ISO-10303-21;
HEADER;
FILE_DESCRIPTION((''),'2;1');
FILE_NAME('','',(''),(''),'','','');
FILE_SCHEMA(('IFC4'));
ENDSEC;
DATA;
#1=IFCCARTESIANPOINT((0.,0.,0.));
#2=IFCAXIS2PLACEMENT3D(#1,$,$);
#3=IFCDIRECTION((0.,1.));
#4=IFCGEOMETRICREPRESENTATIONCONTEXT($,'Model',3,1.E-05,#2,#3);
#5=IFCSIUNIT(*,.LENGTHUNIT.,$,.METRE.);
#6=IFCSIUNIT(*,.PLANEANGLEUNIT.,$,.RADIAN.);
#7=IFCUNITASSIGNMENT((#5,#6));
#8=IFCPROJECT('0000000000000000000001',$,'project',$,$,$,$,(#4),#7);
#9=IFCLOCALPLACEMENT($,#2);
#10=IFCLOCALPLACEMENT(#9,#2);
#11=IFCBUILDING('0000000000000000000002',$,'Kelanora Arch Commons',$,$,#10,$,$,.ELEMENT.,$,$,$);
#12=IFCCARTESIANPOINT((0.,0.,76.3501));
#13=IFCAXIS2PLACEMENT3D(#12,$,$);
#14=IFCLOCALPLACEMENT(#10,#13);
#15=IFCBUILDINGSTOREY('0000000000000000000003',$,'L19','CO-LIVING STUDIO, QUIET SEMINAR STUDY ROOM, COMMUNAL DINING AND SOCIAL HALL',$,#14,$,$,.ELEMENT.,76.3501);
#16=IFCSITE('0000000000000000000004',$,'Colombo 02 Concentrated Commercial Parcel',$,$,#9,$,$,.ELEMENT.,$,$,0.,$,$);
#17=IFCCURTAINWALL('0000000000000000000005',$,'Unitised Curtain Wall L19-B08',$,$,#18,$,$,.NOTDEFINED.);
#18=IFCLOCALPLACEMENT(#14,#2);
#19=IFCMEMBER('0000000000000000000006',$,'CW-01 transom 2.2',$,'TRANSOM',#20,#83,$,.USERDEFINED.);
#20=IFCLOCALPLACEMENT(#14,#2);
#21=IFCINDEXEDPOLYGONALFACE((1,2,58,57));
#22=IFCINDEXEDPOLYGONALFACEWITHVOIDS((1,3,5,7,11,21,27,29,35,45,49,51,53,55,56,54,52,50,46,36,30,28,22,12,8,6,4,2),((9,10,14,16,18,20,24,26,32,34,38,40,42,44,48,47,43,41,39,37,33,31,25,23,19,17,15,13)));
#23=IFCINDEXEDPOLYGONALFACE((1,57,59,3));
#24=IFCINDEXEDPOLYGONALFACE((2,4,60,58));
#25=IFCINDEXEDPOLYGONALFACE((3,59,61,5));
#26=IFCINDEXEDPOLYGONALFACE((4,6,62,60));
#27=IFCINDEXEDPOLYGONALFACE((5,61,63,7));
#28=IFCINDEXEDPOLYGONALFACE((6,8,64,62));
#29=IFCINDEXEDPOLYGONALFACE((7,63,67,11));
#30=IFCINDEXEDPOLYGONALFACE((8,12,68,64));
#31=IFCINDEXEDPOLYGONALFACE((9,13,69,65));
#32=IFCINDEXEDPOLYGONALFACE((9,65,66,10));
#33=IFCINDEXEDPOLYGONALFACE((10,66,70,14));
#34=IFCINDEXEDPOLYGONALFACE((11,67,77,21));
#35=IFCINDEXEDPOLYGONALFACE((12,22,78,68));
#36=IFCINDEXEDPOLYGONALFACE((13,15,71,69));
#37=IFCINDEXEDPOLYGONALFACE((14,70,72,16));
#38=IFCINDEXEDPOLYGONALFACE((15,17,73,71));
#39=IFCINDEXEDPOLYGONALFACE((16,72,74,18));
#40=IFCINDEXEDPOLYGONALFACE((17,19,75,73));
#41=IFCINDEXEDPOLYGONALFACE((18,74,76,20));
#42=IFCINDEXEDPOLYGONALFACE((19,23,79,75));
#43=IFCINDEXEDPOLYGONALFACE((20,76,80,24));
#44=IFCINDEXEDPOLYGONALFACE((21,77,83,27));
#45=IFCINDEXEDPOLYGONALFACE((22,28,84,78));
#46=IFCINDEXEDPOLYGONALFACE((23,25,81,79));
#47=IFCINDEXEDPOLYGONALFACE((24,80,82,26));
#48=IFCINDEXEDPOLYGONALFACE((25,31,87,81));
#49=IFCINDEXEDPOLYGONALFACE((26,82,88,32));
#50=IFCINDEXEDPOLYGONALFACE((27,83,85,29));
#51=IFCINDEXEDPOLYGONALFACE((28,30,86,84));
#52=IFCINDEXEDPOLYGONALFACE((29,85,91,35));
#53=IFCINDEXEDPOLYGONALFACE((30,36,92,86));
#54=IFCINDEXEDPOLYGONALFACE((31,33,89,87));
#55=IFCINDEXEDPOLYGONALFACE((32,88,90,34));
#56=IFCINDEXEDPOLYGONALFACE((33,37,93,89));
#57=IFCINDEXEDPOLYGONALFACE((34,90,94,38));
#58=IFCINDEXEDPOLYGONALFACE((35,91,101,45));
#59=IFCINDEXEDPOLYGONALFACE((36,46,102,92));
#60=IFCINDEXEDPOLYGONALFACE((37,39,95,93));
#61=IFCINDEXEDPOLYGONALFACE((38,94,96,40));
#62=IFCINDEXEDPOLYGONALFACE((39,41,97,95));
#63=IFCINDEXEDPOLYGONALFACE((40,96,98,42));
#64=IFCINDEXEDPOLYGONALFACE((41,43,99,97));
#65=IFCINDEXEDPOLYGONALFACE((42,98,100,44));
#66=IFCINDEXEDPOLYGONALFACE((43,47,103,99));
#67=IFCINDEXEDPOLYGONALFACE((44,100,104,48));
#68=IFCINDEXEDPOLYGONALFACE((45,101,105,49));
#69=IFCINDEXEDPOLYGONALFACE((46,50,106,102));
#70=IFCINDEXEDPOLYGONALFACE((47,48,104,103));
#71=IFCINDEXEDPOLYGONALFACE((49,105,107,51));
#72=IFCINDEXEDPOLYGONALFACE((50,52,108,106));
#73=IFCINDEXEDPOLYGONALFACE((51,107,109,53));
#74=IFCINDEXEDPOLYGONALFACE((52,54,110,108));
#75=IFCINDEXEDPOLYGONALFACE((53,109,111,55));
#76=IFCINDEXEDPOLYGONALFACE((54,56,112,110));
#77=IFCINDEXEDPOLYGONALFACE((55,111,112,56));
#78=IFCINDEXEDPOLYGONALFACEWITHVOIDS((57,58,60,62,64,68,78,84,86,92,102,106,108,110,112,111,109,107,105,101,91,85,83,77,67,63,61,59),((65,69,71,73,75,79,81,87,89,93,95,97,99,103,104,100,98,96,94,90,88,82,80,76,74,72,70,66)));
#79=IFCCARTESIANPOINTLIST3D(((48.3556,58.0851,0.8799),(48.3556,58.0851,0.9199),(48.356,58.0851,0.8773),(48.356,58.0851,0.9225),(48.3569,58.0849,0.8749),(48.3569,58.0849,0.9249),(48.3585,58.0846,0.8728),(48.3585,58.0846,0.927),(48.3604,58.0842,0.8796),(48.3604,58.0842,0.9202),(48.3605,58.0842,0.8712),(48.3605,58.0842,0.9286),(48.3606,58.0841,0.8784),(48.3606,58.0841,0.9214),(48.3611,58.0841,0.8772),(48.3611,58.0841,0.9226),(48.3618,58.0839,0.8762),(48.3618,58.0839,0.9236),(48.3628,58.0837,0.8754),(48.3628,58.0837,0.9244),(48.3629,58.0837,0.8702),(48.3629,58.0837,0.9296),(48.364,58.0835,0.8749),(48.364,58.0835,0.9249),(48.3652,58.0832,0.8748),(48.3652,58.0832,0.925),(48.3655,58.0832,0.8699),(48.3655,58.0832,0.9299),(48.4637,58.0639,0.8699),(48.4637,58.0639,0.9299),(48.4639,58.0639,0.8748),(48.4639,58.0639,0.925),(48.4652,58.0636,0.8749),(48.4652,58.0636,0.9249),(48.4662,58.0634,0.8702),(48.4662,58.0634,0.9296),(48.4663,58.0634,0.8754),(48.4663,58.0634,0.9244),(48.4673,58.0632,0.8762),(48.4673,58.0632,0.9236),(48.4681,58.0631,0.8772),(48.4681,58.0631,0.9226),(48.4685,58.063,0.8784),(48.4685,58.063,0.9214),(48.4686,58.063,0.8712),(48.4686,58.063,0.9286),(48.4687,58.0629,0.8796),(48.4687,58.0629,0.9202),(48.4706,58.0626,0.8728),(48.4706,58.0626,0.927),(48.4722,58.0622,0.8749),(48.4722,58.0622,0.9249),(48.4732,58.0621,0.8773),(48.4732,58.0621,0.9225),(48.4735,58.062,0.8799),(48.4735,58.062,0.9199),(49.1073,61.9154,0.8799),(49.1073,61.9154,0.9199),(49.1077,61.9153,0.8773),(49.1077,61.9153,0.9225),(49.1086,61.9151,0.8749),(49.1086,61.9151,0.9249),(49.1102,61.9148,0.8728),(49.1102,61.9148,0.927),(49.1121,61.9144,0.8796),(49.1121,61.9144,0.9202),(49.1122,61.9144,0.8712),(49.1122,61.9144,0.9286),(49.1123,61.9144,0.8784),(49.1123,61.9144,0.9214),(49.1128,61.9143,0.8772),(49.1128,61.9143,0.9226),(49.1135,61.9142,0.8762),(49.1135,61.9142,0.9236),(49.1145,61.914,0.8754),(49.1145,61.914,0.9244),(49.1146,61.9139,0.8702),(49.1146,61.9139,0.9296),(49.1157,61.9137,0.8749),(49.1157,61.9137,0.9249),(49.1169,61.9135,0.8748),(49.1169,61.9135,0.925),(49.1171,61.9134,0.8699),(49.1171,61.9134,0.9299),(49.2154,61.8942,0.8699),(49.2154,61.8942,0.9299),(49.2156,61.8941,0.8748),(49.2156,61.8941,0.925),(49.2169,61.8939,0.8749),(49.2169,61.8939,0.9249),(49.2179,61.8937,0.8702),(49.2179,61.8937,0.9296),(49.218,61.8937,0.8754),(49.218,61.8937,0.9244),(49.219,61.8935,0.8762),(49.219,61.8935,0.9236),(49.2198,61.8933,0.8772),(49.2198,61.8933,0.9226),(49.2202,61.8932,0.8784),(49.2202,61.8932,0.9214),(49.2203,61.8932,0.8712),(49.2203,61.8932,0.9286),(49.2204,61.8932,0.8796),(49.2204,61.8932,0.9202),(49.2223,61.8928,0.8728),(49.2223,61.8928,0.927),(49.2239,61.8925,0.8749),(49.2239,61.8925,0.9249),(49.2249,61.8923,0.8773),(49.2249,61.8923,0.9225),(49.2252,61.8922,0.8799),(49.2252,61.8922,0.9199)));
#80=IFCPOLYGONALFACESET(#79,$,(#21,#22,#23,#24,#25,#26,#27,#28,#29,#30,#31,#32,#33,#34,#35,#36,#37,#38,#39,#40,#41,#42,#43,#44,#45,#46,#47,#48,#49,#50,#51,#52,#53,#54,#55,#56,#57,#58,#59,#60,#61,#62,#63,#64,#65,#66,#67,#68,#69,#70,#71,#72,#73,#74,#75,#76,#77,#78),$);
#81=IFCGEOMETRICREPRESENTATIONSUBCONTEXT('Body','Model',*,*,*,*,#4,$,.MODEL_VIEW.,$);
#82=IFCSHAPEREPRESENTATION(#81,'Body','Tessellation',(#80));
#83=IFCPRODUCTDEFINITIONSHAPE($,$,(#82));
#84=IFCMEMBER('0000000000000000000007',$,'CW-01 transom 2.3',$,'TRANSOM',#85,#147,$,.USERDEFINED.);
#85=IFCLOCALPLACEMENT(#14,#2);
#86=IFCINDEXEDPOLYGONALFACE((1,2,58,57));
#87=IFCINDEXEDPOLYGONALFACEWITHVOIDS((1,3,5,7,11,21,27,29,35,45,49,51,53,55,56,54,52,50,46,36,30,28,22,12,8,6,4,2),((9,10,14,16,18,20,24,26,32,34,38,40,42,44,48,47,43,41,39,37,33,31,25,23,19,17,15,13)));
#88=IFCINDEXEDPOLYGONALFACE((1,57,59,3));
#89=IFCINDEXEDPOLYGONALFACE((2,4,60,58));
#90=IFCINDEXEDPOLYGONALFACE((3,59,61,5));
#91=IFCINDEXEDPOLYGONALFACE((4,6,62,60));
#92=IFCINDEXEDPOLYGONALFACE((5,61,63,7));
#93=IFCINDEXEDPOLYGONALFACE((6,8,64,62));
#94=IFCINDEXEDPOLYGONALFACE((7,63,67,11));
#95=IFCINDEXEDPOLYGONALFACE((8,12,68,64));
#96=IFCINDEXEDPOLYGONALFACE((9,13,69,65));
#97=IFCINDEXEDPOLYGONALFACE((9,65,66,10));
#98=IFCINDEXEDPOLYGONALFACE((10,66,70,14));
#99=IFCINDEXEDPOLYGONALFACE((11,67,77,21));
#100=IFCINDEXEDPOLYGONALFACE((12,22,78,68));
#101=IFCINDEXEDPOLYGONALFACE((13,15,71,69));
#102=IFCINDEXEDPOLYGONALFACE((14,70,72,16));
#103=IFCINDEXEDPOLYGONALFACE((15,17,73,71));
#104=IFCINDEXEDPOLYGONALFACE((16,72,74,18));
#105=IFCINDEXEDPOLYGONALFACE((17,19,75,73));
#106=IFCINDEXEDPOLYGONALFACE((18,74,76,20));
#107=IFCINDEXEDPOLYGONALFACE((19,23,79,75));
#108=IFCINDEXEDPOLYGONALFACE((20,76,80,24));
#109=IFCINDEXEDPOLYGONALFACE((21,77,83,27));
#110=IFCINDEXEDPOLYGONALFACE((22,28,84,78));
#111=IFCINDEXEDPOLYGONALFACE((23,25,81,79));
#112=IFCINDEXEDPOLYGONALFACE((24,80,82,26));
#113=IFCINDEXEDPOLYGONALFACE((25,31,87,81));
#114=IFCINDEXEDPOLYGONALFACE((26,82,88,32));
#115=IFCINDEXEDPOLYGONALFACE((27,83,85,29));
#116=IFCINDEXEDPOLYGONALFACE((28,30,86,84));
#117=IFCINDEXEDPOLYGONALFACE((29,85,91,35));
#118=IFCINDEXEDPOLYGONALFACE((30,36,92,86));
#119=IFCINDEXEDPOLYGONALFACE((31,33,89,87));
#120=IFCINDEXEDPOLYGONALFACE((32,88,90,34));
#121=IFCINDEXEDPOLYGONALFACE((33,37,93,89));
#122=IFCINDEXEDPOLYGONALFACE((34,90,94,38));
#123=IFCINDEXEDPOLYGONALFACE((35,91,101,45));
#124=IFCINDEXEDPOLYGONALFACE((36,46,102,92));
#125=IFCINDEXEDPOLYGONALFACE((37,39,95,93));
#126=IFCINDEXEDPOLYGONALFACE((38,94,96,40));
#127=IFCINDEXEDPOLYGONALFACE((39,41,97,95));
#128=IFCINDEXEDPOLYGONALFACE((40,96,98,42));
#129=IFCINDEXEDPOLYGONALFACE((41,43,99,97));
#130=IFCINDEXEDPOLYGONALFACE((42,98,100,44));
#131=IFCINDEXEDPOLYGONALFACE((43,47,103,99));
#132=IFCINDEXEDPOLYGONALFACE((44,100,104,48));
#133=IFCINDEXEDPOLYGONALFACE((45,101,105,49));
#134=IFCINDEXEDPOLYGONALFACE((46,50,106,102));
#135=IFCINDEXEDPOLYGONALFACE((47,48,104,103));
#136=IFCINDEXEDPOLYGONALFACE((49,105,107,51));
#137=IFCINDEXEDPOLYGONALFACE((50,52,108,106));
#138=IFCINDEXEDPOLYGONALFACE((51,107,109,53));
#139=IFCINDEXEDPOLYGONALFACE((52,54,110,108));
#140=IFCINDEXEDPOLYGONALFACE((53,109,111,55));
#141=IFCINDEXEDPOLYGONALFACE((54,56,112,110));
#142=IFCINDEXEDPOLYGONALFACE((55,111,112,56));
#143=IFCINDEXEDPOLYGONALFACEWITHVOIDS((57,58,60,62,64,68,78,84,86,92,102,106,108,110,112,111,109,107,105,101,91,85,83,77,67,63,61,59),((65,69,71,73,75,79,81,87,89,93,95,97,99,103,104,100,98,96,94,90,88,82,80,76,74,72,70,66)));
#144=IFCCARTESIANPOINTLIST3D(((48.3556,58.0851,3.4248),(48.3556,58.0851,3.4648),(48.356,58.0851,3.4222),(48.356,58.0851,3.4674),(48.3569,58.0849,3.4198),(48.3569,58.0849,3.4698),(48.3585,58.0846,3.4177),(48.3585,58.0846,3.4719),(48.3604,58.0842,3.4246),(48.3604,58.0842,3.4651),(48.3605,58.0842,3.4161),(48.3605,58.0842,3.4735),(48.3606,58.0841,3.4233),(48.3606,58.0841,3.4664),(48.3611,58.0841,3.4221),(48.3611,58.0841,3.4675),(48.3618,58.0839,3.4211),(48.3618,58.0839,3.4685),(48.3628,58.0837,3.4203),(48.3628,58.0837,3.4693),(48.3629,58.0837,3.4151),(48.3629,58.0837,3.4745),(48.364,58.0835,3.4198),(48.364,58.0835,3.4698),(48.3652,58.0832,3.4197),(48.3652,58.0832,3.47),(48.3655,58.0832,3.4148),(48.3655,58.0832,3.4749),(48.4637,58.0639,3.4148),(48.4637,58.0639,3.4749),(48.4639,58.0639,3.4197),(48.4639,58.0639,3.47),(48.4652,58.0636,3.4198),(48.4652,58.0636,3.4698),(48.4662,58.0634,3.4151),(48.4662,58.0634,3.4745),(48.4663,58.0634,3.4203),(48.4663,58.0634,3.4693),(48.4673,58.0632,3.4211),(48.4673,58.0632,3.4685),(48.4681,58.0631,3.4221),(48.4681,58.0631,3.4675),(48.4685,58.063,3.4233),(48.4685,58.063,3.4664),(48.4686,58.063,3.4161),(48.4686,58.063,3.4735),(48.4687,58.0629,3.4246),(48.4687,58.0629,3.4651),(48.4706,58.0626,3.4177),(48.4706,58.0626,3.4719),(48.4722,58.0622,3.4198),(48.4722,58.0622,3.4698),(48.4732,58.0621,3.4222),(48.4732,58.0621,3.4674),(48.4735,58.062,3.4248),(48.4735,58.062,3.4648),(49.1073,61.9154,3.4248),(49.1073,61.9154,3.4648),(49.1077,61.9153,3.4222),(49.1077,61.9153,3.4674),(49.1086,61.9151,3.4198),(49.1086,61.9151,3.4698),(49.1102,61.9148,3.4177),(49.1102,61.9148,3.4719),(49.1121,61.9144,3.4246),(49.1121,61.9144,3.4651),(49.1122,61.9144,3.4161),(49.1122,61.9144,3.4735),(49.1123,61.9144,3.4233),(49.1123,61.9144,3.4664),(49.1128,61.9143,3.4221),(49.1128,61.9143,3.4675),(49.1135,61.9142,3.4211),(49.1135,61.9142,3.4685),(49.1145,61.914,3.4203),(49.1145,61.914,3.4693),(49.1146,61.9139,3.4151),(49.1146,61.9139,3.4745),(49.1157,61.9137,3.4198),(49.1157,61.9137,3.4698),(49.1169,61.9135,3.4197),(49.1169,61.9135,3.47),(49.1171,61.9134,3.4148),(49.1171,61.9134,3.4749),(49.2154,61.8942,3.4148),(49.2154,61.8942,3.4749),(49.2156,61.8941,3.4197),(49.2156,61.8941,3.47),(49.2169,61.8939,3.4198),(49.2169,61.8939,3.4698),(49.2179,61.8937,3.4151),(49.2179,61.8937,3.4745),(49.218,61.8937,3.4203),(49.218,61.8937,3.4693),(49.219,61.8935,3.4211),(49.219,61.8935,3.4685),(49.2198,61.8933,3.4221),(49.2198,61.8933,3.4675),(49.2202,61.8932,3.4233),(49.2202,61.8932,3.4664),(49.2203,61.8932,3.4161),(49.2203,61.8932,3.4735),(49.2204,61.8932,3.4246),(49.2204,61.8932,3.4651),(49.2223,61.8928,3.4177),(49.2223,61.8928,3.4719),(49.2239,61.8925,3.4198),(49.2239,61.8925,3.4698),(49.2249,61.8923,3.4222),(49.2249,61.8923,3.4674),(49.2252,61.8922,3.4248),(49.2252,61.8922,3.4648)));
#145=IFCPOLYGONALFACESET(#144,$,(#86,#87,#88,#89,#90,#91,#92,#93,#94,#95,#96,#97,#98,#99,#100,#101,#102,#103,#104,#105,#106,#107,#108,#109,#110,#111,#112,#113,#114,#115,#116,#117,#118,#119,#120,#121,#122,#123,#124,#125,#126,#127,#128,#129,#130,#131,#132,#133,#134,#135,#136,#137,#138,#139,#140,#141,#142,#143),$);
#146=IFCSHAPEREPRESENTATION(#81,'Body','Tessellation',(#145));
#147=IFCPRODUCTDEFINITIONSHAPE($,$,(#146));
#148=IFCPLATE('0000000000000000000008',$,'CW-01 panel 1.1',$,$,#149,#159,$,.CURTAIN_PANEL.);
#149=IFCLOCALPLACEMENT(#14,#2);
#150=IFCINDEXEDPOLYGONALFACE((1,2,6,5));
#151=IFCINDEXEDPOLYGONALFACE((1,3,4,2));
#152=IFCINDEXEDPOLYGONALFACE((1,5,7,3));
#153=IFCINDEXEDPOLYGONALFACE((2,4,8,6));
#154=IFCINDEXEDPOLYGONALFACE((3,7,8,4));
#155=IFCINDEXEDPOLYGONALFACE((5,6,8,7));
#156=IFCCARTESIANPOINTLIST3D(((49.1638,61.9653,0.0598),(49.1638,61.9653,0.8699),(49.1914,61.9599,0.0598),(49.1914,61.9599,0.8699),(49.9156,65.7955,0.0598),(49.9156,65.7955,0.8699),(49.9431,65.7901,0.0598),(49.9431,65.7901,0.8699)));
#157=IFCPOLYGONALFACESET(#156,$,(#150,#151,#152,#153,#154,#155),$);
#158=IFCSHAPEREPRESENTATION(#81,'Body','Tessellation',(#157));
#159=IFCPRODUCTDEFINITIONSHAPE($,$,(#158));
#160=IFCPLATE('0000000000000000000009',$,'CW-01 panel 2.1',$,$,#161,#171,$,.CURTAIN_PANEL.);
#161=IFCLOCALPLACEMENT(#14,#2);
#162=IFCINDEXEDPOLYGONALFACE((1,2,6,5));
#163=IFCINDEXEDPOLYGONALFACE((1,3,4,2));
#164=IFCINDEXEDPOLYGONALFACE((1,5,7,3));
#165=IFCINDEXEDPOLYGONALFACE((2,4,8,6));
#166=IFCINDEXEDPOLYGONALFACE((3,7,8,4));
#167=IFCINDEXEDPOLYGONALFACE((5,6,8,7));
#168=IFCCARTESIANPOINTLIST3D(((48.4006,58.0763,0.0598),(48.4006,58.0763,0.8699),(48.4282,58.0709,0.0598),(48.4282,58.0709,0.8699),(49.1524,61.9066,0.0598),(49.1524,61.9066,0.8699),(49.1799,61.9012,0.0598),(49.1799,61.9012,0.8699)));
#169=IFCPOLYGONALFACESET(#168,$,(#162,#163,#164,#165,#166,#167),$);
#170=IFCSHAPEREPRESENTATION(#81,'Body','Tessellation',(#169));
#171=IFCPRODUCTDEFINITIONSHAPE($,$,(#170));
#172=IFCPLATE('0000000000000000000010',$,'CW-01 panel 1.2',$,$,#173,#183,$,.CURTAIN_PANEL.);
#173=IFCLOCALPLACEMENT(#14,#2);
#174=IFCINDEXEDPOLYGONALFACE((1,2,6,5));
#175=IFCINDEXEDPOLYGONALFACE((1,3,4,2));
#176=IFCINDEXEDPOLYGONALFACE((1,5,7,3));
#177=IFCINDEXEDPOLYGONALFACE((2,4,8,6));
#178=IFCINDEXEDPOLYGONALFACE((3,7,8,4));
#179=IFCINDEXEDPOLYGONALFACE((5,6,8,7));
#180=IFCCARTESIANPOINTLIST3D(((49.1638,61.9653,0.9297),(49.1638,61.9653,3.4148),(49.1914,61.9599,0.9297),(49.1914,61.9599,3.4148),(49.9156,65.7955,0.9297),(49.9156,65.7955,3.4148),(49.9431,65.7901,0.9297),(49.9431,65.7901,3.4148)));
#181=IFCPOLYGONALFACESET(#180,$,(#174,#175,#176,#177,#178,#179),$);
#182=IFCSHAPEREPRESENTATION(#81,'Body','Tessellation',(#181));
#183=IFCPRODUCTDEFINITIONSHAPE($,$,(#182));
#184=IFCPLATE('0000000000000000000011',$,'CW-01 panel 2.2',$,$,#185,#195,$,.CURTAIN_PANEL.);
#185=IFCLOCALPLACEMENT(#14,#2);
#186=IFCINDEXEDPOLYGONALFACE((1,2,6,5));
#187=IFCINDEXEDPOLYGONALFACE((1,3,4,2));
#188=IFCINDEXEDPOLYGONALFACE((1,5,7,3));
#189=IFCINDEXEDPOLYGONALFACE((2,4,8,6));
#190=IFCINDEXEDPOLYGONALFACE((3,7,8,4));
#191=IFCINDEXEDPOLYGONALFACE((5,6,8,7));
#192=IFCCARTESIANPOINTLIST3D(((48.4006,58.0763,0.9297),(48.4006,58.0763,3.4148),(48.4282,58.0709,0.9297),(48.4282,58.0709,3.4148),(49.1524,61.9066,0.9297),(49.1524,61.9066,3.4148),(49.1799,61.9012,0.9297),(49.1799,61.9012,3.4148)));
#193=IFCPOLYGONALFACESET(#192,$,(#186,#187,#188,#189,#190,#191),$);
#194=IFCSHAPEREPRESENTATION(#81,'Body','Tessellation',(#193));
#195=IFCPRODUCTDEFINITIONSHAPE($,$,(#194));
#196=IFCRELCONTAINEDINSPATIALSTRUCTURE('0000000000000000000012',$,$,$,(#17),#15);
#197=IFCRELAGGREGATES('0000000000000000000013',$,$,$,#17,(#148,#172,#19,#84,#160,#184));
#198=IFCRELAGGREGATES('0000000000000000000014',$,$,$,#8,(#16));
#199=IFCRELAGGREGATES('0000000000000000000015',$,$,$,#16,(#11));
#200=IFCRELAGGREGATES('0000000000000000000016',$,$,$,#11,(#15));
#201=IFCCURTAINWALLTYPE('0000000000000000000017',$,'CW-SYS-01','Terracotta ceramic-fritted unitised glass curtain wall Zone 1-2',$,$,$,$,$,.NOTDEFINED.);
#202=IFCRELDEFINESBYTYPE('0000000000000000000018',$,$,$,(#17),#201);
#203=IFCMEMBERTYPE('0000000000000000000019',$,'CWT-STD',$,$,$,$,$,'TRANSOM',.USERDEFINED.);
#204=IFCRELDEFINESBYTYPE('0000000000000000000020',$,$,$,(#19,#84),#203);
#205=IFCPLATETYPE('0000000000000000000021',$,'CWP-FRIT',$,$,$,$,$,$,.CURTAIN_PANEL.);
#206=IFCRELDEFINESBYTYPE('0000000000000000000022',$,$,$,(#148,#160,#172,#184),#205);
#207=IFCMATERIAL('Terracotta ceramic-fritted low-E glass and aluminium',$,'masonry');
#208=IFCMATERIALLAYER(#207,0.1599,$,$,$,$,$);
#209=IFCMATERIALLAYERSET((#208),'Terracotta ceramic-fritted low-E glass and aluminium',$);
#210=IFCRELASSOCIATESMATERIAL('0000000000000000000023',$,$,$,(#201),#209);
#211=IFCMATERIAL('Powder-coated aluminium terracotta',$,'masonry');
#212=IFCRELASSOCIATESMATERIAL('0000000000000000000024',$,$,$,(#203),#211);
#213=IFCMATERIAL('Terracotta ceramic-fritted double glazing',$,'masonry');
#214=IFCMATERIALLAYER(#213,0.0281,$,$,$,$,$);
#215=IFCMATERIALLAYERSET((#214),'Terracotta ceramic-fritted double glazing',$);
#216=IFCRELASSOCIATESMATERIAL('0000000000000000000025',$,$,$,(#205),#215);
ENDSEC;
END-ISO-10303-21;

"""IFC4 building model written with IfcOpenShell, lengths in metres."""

from ifc_helpers import new_model, si_unit, direction, frame, origin, origin_2d, place, context, subcontext, project, spatial, rectangle, hollow_rectangle, extrude, source, transform, mapped, material, layer, layer_set, material_profile, profile_set, type_object, element, aggregate, save


model = new_model("IFC4")

# Units and contexts
model_context = context("Model", 3, precision=1e-05, world=origin(), true_north=direction((0.0, 1.0)))
body_context = subcontext(model_context, "Body", "Model", "MODEL_VIEW")
ifc_project = project(units=[si_unit("LENGTHUNIT", "METRE"), si_unit("PLANEANGLEUNIT", "RADIAN")], contexts=[model_context])

# Site, building, storey
site_placement = place(None, origin())
site = spatial("IfcSite", under=ifc_project, at=site_placement, Name="Colombo 02 Concentrated Commercial Parcel", CompositionType="ELEMENT", RefElevation=0.0)
building_placement = place(site_placement, origin())
building = spatial("IfcBuilding", under=site, at=building_placement, Name="Kelanora Arch Commons", CompositionType="ELEMENT")
storey_placement = place(building_placement, frame((0.0, 0.0, 76.3501)))
storey = spatial("IfcBuildingStorey", under=building, at=storey_placement, Name="L19", Description="CO-LIVING STUDIO, QUIET SEMINAR STUDY ROOM, COMMUNAL DINING AND SOCIAL HALL", CompositionType="ELEMENT", Elevation=76.3501)

# Curtain wall, members, plates
ifc_material_1 = material(Name="Terracotta ceramic-fritted low-E glass and aluminium", Category="masonry")
ifc_layer_1 = layer(ifc_material_1, 0.1599)
ifc_layer_set_1 = layer_set([ifc_layer_1], Name="Terracotta ceramic-fritted low-E glass and aluminium")
curtain_wall_type = type_object("IfcCurtainWallType", Name="CW-SYS-01", Description="Terracotta ceramic-fritted unitised glass curtain wall Zone 1-2", PredefinedType="NOTDEFINED", material=ifc_layer_set_1)
curtain_wall_placement = place(storey_placement, origin())
curtain_wall = element("IfcCurtainWall", 1, at=curtain_wall_placement, inside=storey, type_object=curtain_wall_type, Name="Unitised Curtain Wall L19-B08", PredefinedType="NOTDEFINED")
ifc_material_2 = material(Name="Powder-coated aluminium terracotta", Category="masonry")
ifc_material_profile_1 = material_profile(ifc_material_2, hollow_rectangle(XDim=0.1201, YDim=0.0601, WallThickness=0.0049, InnerFilletRadius=0.0049, OuterFilletRadius=0.01, at=origin_2d()), Name="CWT120x60")
ifc_profile_set_1 = profile_set([ifc_material_profile_1], Name="Powder-coated aluminium terracotta")
member_type_1 = type_object("IfcMemberType", Name="CWT-STD", ElementType="TRANSOM", PredefinedType="USERDEFINED", material=ifc_profile_set_1)
member_1_placement = place(storey_placement, frame((49.1663, 61.9038, 0.8999), z_axis=(-0.192579, -0.981282, 0.0), x_axis=(0.981282, -0.192579, 0.0)))
member_1 = element("IfcMember", 2, at=member_1_placement, type_object=member_type_1, Name="CW-01 transom 2.2", ObjectType="TRANSOM", PredefinedType="USERDEFINED", context=body_context, shape_type="SweptSolid", body=[
    extrude(hollow_rectangle(XDim=0.1201, YDim=0.0601, WallThickness=0.0049, InnerFilletRadius=0.0049, OuterFilletRadius=0.01, at=origin_2d()), origin(), (0.0, 0.0, 1.0), 3.9033),
])
member_2_placement = place(storey_placement, frame((49.1663, 61.9038, 3.4448), z_axis=(-0.192579, -0.981282, 0.0), x_axis=(0.981282, -0.192579, 0.0)))
member_2 = element("IfcMember", 3, at=member_2_placement, type_object=member_type_1, Name="CW-01 transom 2.3", ObjectType="TRANSOM", PredefinedType="USERDEFINED", context=body_context, shape_type="SweptSolid", body=[
    extrude(hollow_rectangle(XDim=0.1201, YDim=0.0601, WallThickness=0.0049, InnerFilletRadius=0.0049, OuterFilletRadius=0.01, at=origin_2d()), origin(), (0.0, 0.0, 1.0), 3.9033),
])
ifc_material_3 = material(Name="Terracotta ceramic-fritted double glazing", Category="masonry")
ifc_layer_2 = layer(ifc_material_3, 0.0281)
ifc_layer_set_2 = layer_set([ifc_layer_2], Name="Terracotta ceramic-fritted double glazing")
plate_type = type_object("IfcPlateType", Name="CWP-FRIT", PredefinedType="CURTAIN_PANEL", material=ifc_layer_set_2)
shared_shape_1 = source(origin(), body_context, "Body", "SweptSolid", [
    extrude(rectangle(XDim=3.9033, YDim=0.0281, at=origin_2d()), origin(), (0.0, 0.0, 1.0), 0.8101),
])
plate_1_placement = place(storey_placement, frame((49.5535, 63.8777, 0.0598), z_axis=(0.0, 0.0, 1.0), x_axis=(-0.192585, -0.98128, 0.0)))
plate_1 = element("IfcPlate", 4, at=plate_1_placement, type_object=plate_type, Name="CW-01 panel 1.1", PredefinedType="CURTAIN_PANEL", context=body_context, shape_type="MappedRepresentation", body=[
    mapped(shared_shape_1, transform((0.0, 0.0, 0.0), scale=1.0)),
])
plate_2_placement = place(storey_placement, frame((48.7903, 59.9888, 0.0598), z_axis=(0.0, 0.0, 1.0), x_axis=(-0.192585, -0.98128, 0.0)))
plate_2 = element("IfcPlate", 5, at=plate_2_placement, type_object=plate_type, Name="CW-01 panel 2.1", PredefinedType="CURTAIN_PANEL", context=body_context, shape_type="MappedRepresentation", body=[
    mapped(shared_shape_1, transform((0.0, 0.0, 0.0), scale=1.0)),
])
shared_shape_2 = source(origin(), body_context, "Body", "SweptSolid", [
    extrude(rectangle(XDim=3.9033, YDim=0.0281, at=origin_2d()), origin(), (0.0, 0.0, 1.0), 2.4851),
])
plate_3_placement = place(storey_placement, frame((49.5535, 63.8777, 0.9297), z_axis=(0.0, 0.0, 1.0), x_axis=(-0.192585, -0.98128, 0.0)))
plate_3 = element("IfcPlate", 6, at=plate_3_placement, type_object=plate_type, Name="CW-01 panel 1.2", PredefinedType="CURTAIN_PANEL", context=body_context, shape_type="MappedRepresentation", body=[
    mapped(shared_shape_2, transform((0.0, 0.0, 0.0), scale=1.0)),
])
plate_4_placement = place(storey_placement, frame((48.7903, 59.9888, 0.9297), z_axis=(0.0, 0.0, 1.0), x_axis=(-0.192585, -0.98128, 0.0)))
plate_4 = element("IfcPlate", 7, at=plate_4_placement, type_object=plate_type, Name="CW-01 panel 2.2", PredefinedType="CURTAIN_PANEL", context=body_context, shape_type="MappedRepresentation", body=[
    mapped(shared_shape_2, transform((0.0, 0.0, 0.0), scale=1.0)),
])
aggregate(curtain_wall, [plate_1, plate_3, member_1, member_2, plate_2, plate_4])

save(model, "model.ifc")
